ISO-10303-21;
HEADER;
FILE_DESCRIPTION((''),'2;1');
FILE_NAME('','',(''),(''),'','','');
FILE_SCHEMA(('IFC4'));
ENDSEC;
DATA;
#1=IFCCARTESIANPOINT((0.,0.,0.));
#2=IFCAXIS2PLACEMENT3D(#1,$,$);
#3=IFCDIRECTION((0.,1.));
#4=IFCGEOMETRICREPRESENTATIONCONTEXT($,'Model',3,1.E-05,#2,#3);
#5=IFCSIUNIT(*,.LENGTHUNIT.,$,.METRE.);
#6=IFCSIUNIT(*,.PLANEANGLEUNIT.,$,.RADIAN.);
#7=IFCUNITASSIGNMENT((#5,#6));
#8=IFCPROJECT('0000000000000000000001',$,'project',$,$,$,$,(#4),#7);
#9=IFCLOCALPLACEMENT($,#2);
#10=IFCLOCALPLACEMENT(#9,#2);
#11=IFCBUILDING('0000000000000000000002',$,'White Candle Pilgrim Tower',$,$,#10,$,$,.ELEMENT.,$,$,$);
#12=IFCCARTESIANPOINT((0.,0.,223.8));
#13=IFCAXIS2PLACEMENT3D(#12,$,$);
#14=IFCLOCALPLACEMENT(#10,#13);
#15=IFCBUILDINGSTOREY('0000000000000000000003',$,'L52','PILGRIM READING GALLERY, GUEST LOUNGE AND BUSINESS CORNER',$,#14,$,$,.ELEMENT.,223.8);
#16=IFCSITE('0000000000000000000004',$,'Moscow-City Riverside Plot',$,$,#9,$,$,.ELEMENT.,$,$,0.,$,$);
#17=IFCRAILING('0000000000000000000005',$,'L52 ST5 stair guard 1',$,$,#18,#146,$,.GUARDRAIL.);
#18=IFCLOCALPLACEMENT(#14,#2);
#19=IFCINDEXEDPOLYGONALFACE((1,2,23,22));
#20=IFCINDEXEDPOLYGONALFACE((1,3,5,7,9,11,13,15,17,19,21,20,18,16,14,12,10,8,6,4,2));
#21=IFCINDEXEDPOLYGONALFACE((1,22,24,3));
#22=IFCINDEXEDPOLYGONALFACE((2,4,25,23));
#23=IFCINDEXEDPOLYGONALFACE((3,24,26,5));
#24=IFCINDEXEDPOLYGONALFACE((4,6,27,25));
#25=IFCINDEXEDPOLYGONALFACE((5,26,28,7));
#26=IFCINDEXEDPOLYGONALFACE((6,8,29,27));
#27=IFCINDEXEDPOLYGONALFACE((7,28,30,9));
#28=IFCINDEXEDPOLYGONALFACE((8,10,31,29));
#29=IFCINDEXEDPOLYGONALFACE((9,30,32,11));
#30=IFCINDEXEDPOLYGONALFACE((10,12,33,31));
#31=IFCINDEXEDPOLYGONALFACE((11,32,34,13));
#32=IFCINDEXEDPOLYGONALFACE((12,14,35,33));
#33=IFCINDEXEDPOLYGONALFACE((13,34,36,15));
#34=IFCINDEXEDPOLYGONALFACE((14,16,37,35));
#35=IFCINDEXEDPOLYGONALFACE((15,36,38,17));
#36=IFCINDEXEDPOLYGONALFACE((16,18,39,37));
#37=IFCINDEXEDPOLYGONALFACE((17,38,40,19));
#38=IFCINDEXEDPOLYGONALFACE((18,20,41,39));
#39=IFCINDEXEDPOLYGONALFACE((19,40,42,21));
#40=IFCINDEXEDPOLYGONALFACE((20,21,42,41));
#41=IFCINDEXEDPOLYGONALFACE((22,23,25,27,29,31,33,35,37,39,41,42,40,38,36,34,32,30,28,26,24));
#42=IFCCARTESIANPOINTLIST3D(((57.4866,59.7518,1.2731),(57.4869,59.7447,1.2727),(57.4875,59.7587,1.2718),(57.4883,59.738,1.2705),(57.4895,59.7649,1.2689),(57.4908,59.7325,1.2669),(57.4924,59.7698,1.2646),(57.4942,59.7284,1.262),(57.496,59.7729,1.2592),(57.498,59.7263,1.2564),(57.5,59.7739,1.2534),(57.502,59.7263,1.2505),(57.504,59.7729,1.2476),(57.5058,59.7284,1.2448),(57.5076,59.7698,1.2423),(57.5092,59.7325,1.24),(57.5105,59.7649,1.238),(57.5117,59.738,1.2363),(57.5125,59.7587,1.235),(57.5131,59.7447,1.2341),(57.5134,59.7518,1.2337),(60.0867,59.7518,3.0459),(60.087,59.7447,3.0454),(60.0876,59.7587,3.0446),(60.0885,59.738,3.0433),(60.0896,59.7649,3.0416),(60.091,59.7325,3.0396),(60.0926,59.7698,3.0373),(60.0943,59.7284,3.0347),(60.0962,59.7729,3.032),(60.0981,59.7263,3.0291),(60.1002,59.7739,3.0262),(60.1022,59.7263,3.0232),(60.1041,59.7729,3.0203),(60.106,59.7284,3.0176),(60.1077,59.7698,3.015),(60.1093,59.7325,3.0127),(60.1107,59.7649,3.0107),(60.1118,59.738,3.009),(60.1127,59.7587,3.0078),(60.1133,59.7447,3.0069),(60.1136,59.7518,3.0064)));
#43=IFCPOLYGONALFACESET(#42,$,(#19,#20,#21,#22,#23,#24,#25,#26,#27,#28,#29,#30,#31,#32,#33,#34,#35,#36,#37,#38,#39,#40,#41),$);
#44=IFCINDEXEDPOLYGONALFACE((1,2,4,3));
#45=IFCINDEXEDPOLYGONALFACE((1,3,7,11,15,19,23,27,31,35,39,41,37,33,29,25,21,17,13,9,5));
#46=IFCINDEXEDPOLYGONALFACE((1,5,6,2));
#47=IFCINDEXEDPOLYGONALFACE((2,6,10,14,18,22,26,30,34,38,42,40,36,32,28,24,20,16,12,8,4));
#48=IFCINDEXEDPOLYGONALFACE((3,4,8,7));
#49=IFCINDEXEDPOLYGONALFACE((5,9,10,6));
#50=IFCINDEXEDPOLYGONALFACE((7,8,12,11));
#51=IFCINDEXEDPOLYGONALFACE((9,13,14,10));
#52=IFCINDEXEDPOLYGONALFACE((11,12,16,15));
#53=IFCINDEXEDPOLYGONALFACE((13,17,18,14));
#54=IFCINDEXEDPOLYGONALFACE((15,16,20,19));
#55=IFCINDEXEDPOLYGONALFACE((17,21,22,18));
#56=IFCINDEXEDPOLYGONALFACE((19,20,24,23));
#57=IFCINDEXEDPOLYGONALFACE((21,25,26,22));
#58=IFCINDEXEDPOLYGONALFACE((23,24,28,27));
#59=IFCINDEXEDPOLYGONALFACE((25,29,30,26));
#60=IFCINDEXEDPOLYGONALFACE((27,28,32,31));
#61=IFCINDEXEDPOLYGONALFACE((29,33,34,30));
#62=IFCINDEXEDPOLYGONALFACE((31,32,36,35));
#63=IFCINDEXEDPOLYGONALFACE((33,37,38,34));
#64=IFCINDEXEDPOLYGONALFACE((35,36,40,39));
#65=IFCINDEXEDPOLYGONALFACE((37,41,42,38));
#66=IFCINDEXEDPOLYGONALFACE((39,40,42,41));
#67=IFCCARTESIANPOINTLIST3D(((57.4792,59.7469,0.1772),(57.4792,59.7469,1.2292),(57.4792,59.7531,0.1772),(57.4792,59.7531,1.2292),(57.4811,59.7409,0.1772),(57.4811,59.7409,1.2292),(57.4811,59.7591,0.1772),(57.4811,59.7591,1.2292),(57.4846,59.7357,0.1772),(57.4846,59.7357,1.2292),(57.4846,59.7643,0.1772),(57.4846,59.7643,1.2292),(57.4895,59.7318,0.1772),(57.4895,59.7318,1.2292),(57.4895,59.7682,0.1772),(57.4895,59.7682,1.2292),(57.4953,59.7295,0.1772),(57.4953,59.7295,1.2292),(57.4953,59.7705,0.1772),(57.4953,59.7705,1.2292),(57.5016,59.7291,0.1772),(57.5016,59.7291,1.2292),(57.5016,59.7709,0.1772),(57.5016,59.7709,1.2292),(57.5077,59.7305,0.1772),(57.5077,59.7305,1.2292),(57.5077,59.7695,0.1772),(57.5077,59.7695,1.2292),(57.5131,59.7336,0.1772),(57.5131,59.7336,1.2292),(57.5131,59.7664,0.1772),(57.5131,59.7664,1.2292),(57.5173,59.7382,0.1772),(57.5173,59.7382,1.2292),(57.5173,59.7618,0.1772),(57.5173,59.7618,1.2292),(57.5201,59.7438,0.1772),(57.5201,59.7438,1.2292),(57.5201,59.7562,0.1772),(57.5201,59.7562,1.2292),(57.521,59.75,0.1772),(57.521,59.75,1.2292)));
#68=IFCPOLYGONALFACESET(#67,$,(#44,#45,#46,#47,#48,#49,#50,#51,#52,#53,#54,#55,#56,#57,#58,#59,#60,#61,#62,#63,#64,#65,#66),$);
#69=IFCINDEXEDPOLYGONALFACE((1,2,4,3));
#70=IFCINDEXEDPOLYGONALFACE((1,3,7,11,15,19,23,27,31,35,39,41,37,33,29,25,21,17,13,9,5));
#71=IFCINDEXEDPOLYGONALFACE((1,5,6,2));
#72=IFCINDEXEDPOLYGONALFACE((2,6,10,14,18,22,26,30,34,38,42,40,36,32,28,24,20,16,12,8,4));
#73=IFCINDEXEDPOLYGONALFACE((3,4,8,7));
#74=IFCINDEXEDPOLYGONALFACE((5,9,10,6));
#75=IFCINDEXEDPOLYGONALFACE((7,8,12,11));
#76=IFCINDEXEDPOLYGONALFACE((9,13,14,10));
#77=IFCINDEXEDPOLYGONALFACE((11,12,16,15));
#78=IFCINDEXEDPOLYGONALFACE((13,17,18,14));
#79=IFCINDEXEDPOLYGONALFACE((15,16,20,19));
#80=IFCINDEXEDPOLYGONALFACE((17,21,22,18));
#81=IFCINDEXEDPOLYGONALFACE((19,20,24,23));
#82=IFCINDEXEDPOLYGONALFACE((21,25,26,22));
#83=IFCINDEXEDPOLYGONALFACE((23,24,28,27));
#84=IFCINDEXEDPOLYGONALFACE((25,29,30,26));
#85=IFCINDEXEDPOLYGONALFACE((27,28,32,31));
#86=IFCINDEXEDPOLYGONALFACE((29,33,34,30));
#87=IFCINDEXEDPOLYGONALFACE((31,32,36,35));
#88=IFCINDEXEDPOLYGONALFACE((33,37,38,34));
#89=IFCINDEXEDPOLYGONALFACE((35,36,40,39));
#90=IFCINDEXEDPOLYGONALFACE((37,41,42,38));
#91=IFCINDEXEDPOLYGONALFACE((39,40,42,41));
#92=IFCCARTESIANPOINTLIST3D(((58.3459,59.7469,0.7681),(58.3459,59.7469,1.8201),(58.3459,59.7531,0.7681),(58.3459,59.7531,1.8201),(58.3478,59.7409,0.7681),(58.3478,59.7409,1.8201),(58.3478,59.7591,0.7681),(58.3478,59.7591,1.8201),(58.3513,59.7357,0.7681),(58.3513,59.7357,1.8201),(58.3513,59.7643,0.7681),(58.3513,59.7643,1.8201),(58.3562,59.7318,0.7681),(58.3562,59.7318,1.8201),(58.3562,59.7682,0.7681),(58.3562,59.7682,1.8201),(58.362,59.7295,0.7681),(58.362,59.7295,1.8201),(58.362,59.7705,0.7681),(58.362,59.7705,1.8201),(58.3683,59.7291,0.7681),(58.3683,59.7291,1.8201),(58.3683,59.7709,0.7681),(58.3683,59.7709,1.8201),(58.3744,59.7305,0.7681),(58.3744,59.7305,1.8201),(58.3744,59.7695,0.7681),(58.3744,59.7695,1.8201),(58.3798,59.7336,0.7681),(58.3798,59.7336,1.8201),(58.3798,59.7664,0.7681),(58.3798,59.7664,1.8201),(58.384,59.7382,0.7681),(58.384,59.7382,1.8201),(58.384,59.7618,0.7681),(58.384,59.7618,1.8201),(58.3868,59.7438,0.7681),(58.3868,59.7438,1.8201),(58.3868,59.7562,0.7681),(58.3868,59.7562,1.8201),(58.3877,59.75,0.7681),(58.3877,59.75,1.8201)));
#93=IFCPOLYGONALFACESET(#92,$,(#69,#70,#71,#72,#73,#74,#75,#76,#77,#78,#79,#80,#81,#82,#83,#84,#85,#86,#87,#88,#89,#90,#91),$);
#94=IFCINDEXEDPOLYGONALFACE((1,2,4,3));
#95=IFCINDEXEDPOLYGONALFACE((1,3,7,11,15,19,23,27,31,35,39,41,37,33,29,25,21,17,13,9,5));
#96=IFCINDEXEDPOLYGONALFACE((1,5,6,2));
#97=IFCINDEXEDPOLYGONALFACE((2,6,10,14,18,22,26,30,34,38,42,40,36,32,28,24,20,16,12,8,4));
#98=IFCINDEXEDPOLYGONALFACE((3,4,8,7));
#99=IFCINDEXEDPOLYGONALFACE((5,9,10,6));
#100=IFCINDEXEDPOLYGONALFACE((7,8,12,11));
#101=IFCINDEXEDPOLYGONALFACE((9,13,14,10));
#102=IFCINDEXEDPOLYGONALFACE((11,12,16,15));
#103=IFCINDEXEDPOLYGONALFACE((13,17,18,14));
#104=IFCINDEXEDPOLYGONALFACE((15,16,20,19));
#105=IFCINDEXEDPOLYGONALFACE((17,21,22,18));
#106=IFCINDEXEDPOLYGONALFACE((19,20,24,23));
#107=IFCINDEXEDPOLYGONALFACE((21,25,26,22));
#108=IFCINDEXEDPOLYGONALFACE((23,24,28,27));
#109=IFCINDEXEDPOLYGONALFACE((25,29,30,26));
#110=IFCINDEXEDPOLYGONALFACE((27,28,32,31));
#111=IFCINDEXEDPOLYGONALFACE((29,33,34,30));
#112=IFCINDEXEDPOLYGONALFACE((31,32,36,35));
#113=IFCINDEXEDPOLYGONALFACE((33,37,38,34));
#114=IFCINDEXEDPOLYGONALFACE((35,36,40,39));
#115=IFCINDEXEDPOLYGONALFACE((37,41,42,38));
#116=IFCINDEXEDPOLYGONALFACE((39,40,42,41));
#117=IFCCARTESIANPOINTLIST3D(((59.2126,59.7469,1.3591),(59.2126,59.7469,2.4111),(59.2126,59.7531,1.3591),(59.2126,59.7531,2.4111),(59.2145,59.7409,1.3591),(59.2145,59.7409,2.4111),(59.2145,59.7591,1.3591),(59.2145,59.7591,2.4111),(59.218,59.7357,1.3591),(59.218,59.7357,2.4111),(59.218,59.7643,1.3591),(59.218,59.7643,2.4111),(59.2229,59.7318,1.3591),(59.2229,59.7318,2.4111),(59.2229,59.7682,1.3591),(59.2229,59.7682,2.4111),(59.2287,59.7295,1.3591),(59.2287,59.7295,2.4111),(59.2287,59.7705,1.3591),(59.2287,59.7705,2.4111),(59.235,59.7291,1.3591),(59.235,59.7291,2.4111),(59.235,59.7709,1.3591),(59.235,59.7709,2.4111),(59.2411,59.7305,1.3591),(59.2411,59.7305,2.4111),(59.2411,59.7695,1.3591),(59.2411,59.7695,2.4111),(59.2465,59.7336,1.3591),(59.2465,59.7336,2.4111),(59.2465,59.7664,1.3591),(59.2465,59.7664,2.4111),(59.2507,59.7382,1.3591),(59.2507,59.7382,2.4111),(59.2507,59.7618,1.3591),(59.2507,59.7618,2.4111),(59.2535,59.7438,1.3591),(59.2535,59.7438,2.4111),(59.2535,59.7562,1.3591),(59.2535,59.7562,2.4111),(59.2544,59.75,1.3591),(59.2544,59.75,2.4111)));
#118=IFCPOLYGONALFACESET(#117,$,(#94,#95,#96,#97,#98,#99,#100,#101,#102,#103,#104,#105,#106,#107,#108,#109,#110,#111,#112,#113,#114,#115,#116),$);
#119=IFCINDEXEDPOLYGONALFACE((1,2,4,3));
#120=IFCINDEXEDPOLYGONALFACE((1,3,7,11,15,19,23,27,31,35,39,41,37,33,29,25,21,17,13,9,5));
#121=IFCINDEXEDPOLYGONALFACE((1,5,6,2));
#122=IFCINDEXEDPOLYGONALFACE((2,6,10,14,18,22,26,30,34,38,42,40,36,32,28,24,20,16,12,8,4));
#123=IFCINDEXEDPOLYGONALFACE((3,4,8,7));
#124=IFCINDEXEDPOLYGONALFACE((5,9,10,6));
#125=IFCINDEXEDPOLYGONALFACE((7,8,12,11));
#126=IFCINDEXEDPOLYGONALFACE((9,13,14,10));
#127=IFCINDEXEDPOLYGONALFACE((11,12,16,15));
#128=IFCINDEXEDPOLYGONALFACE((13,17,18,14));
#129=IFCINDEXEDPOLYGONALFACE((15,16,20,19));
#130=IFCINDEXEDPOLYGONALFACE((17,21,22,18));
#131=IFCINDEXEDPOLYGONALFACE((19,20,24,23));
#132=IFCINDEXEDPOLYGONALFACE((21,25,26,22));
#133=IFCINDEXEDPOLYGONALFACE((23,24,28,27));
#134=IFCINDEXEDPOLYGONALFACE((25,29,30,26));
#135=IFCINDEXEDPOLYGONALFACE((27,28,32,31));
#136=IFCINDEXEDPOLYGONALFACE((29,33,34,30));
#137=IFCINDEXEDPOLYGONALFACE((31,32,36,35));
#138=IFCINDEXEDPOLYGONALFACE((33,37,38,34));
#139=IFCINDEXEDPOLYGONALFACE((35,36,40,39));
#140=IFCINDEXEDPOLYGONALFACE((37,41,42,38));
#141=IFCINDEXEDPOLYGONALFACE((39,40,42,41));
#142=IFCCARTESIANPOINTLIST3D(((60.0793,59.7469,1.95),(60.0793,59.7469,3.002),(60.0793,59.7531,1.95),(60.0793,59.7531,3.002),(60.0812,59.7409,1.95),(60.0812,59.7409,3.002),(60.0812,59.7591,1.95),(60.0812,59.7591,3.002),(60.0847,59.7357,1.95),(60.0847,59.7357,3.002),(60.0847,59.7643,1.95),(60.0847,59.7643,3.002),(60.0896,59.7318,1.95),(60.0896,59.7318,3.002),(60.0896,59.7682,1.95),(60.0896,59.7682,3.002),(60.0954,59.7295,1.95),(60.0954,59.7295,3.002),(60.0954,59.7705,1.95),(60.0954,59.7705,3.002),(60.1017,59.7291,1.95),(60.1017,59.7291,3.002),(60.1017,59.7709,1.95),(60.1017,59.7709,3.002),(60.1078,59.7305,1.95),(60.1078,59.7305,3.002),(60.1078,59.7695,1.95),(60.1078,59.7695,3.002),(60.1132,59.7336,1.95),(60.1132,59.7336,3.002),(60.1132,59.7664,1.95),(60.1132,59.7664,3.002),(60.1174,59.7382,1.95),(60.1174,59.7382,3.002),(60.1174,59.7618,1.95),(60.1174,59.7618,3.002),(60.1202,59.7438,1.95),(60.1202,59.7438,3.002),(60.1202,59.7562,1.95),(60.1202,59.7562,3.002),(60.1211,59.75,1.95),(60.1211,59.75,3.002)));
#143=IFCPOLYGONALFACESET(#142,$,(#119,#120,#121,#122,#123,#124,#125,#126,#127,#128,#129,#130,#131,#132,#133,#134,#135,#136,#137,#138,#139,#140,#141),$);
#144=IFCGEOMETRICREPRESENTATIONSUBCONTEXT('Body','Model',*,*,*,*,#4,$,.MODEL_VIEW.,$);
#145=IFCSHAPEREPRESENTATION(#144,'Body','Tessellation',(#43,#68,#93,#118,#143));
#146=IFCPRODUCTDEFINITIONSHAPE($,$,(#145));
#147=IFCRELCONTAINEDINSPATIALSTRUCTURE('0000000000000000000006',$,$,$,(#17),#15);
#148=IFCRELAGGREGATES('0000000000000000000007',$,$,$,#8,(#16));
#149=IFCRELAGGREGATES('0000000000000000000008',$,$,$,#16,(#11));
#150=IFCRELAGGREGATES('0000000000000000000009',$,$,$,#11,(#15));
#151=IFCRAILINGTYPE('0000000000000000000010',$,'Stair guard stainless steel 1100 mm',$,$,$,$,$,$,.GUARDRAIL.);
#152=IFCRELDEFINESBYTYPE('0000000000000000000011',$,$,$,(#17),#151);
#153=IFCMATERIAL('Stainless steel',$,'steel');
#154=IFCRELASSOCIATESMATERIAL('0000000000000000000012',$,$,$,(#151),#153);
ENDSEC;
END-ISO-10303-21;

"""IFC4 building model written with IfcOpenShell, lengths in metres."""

from ifc_helpers import new_model, si_unit, direction, frame, origin, origin_2d, place, context, subcontext, project, spatial, circle, extrude, material, type_object, element, save


model = new_model("IFC4")

# Units and contexts
model_context = context("Model", 3, precision=1e-05, world=origin(), true_north=direction((0.0, 1.0)))
body_context = subcontext(model_context, "Body", "Model", "MODEL_VIEW")
ifc_project = project(units=[si_unit("LENGTHUNIT", "METRE"), si_unit("PLANEANGLEUNIT", "RADIAN")], contexts=[model_context])

# Site, building, storey
site_placement = place(None, origin())
site = spatial("IfcSite", under=ifc_project, at=site_placement, Name="Moscow-City Riverside Plot", CompositionType="ELEMENT", RefElevation=0.0)
building_placement = place(site_placement, origin())
building = spatial("IfcBuilding", under=site, at=building_placement, Name="White Candle Pilgrim Tower", CompositionType="ELEMENT")
storey_placement = place(building_placement, frame((0.0, 0.0, 223.8)))
storey = spatial("IfcBuildingStorey", under=building, at=storey_placement, Name="L52", Description="PILGRIM READING GALLERY, GUEST LOUNGE AND BUSINESS CORNER", CompositionType="ELEMENT", Elevation=223.8)

# Railing
ifc_material_1 = material(Name="Stainless steel", Category="steel")
railing_type_1 = type_object("IfcRailingType", Name="Stair guard stainless steel 1100 mm", PredefinedType="GUARDRAIL", material=ifc_material_1)
railing_1_placement = place(storey_placement, frame((57.5, 59.75, 0.1772)))
element("IfcRailing", 1, at=railing_1_placement, inside=storey, type_object=railing_type_1, Name="L52 ST5 stair guard 1", PredefinedType="GUARDRAIL", context=body_context, shape_type="SweptSolid", body=[
    extrude(circle(Radius=0.0239, at=origin_2d()), frame((0.0, 0.0, 1.0762), z_axis=(0.82624, 0.0, 0.563318), x_axis=(0.0, 1.0, 0.0)), (0.0, 0.0, 1.0), 3.147),
    extrude(circle(Radius=0.021, at=origin_2d()), origin(), (0.0, 0.0, 1.0), 1.052),
    extrude(circle(Radius=0.021, at=origin_2d()), frame((0.8667, 0.0, 0.5908)), (0.0, 0.0, 1.0), 1.052),
    extrude(circle(Radius=0.021, at=origin_2d()), frame((1.7334, 0.0, 1.1819)), (0.0, 0.0, 1.0), 1.052),
    extrude(circle(Radius=0.021, at=origin_2d()), frame((2.6001, 0.0, 1.7727)), (0.0, 0.0, 1.0), 1.052),
])

save(model, "model.ifc")
